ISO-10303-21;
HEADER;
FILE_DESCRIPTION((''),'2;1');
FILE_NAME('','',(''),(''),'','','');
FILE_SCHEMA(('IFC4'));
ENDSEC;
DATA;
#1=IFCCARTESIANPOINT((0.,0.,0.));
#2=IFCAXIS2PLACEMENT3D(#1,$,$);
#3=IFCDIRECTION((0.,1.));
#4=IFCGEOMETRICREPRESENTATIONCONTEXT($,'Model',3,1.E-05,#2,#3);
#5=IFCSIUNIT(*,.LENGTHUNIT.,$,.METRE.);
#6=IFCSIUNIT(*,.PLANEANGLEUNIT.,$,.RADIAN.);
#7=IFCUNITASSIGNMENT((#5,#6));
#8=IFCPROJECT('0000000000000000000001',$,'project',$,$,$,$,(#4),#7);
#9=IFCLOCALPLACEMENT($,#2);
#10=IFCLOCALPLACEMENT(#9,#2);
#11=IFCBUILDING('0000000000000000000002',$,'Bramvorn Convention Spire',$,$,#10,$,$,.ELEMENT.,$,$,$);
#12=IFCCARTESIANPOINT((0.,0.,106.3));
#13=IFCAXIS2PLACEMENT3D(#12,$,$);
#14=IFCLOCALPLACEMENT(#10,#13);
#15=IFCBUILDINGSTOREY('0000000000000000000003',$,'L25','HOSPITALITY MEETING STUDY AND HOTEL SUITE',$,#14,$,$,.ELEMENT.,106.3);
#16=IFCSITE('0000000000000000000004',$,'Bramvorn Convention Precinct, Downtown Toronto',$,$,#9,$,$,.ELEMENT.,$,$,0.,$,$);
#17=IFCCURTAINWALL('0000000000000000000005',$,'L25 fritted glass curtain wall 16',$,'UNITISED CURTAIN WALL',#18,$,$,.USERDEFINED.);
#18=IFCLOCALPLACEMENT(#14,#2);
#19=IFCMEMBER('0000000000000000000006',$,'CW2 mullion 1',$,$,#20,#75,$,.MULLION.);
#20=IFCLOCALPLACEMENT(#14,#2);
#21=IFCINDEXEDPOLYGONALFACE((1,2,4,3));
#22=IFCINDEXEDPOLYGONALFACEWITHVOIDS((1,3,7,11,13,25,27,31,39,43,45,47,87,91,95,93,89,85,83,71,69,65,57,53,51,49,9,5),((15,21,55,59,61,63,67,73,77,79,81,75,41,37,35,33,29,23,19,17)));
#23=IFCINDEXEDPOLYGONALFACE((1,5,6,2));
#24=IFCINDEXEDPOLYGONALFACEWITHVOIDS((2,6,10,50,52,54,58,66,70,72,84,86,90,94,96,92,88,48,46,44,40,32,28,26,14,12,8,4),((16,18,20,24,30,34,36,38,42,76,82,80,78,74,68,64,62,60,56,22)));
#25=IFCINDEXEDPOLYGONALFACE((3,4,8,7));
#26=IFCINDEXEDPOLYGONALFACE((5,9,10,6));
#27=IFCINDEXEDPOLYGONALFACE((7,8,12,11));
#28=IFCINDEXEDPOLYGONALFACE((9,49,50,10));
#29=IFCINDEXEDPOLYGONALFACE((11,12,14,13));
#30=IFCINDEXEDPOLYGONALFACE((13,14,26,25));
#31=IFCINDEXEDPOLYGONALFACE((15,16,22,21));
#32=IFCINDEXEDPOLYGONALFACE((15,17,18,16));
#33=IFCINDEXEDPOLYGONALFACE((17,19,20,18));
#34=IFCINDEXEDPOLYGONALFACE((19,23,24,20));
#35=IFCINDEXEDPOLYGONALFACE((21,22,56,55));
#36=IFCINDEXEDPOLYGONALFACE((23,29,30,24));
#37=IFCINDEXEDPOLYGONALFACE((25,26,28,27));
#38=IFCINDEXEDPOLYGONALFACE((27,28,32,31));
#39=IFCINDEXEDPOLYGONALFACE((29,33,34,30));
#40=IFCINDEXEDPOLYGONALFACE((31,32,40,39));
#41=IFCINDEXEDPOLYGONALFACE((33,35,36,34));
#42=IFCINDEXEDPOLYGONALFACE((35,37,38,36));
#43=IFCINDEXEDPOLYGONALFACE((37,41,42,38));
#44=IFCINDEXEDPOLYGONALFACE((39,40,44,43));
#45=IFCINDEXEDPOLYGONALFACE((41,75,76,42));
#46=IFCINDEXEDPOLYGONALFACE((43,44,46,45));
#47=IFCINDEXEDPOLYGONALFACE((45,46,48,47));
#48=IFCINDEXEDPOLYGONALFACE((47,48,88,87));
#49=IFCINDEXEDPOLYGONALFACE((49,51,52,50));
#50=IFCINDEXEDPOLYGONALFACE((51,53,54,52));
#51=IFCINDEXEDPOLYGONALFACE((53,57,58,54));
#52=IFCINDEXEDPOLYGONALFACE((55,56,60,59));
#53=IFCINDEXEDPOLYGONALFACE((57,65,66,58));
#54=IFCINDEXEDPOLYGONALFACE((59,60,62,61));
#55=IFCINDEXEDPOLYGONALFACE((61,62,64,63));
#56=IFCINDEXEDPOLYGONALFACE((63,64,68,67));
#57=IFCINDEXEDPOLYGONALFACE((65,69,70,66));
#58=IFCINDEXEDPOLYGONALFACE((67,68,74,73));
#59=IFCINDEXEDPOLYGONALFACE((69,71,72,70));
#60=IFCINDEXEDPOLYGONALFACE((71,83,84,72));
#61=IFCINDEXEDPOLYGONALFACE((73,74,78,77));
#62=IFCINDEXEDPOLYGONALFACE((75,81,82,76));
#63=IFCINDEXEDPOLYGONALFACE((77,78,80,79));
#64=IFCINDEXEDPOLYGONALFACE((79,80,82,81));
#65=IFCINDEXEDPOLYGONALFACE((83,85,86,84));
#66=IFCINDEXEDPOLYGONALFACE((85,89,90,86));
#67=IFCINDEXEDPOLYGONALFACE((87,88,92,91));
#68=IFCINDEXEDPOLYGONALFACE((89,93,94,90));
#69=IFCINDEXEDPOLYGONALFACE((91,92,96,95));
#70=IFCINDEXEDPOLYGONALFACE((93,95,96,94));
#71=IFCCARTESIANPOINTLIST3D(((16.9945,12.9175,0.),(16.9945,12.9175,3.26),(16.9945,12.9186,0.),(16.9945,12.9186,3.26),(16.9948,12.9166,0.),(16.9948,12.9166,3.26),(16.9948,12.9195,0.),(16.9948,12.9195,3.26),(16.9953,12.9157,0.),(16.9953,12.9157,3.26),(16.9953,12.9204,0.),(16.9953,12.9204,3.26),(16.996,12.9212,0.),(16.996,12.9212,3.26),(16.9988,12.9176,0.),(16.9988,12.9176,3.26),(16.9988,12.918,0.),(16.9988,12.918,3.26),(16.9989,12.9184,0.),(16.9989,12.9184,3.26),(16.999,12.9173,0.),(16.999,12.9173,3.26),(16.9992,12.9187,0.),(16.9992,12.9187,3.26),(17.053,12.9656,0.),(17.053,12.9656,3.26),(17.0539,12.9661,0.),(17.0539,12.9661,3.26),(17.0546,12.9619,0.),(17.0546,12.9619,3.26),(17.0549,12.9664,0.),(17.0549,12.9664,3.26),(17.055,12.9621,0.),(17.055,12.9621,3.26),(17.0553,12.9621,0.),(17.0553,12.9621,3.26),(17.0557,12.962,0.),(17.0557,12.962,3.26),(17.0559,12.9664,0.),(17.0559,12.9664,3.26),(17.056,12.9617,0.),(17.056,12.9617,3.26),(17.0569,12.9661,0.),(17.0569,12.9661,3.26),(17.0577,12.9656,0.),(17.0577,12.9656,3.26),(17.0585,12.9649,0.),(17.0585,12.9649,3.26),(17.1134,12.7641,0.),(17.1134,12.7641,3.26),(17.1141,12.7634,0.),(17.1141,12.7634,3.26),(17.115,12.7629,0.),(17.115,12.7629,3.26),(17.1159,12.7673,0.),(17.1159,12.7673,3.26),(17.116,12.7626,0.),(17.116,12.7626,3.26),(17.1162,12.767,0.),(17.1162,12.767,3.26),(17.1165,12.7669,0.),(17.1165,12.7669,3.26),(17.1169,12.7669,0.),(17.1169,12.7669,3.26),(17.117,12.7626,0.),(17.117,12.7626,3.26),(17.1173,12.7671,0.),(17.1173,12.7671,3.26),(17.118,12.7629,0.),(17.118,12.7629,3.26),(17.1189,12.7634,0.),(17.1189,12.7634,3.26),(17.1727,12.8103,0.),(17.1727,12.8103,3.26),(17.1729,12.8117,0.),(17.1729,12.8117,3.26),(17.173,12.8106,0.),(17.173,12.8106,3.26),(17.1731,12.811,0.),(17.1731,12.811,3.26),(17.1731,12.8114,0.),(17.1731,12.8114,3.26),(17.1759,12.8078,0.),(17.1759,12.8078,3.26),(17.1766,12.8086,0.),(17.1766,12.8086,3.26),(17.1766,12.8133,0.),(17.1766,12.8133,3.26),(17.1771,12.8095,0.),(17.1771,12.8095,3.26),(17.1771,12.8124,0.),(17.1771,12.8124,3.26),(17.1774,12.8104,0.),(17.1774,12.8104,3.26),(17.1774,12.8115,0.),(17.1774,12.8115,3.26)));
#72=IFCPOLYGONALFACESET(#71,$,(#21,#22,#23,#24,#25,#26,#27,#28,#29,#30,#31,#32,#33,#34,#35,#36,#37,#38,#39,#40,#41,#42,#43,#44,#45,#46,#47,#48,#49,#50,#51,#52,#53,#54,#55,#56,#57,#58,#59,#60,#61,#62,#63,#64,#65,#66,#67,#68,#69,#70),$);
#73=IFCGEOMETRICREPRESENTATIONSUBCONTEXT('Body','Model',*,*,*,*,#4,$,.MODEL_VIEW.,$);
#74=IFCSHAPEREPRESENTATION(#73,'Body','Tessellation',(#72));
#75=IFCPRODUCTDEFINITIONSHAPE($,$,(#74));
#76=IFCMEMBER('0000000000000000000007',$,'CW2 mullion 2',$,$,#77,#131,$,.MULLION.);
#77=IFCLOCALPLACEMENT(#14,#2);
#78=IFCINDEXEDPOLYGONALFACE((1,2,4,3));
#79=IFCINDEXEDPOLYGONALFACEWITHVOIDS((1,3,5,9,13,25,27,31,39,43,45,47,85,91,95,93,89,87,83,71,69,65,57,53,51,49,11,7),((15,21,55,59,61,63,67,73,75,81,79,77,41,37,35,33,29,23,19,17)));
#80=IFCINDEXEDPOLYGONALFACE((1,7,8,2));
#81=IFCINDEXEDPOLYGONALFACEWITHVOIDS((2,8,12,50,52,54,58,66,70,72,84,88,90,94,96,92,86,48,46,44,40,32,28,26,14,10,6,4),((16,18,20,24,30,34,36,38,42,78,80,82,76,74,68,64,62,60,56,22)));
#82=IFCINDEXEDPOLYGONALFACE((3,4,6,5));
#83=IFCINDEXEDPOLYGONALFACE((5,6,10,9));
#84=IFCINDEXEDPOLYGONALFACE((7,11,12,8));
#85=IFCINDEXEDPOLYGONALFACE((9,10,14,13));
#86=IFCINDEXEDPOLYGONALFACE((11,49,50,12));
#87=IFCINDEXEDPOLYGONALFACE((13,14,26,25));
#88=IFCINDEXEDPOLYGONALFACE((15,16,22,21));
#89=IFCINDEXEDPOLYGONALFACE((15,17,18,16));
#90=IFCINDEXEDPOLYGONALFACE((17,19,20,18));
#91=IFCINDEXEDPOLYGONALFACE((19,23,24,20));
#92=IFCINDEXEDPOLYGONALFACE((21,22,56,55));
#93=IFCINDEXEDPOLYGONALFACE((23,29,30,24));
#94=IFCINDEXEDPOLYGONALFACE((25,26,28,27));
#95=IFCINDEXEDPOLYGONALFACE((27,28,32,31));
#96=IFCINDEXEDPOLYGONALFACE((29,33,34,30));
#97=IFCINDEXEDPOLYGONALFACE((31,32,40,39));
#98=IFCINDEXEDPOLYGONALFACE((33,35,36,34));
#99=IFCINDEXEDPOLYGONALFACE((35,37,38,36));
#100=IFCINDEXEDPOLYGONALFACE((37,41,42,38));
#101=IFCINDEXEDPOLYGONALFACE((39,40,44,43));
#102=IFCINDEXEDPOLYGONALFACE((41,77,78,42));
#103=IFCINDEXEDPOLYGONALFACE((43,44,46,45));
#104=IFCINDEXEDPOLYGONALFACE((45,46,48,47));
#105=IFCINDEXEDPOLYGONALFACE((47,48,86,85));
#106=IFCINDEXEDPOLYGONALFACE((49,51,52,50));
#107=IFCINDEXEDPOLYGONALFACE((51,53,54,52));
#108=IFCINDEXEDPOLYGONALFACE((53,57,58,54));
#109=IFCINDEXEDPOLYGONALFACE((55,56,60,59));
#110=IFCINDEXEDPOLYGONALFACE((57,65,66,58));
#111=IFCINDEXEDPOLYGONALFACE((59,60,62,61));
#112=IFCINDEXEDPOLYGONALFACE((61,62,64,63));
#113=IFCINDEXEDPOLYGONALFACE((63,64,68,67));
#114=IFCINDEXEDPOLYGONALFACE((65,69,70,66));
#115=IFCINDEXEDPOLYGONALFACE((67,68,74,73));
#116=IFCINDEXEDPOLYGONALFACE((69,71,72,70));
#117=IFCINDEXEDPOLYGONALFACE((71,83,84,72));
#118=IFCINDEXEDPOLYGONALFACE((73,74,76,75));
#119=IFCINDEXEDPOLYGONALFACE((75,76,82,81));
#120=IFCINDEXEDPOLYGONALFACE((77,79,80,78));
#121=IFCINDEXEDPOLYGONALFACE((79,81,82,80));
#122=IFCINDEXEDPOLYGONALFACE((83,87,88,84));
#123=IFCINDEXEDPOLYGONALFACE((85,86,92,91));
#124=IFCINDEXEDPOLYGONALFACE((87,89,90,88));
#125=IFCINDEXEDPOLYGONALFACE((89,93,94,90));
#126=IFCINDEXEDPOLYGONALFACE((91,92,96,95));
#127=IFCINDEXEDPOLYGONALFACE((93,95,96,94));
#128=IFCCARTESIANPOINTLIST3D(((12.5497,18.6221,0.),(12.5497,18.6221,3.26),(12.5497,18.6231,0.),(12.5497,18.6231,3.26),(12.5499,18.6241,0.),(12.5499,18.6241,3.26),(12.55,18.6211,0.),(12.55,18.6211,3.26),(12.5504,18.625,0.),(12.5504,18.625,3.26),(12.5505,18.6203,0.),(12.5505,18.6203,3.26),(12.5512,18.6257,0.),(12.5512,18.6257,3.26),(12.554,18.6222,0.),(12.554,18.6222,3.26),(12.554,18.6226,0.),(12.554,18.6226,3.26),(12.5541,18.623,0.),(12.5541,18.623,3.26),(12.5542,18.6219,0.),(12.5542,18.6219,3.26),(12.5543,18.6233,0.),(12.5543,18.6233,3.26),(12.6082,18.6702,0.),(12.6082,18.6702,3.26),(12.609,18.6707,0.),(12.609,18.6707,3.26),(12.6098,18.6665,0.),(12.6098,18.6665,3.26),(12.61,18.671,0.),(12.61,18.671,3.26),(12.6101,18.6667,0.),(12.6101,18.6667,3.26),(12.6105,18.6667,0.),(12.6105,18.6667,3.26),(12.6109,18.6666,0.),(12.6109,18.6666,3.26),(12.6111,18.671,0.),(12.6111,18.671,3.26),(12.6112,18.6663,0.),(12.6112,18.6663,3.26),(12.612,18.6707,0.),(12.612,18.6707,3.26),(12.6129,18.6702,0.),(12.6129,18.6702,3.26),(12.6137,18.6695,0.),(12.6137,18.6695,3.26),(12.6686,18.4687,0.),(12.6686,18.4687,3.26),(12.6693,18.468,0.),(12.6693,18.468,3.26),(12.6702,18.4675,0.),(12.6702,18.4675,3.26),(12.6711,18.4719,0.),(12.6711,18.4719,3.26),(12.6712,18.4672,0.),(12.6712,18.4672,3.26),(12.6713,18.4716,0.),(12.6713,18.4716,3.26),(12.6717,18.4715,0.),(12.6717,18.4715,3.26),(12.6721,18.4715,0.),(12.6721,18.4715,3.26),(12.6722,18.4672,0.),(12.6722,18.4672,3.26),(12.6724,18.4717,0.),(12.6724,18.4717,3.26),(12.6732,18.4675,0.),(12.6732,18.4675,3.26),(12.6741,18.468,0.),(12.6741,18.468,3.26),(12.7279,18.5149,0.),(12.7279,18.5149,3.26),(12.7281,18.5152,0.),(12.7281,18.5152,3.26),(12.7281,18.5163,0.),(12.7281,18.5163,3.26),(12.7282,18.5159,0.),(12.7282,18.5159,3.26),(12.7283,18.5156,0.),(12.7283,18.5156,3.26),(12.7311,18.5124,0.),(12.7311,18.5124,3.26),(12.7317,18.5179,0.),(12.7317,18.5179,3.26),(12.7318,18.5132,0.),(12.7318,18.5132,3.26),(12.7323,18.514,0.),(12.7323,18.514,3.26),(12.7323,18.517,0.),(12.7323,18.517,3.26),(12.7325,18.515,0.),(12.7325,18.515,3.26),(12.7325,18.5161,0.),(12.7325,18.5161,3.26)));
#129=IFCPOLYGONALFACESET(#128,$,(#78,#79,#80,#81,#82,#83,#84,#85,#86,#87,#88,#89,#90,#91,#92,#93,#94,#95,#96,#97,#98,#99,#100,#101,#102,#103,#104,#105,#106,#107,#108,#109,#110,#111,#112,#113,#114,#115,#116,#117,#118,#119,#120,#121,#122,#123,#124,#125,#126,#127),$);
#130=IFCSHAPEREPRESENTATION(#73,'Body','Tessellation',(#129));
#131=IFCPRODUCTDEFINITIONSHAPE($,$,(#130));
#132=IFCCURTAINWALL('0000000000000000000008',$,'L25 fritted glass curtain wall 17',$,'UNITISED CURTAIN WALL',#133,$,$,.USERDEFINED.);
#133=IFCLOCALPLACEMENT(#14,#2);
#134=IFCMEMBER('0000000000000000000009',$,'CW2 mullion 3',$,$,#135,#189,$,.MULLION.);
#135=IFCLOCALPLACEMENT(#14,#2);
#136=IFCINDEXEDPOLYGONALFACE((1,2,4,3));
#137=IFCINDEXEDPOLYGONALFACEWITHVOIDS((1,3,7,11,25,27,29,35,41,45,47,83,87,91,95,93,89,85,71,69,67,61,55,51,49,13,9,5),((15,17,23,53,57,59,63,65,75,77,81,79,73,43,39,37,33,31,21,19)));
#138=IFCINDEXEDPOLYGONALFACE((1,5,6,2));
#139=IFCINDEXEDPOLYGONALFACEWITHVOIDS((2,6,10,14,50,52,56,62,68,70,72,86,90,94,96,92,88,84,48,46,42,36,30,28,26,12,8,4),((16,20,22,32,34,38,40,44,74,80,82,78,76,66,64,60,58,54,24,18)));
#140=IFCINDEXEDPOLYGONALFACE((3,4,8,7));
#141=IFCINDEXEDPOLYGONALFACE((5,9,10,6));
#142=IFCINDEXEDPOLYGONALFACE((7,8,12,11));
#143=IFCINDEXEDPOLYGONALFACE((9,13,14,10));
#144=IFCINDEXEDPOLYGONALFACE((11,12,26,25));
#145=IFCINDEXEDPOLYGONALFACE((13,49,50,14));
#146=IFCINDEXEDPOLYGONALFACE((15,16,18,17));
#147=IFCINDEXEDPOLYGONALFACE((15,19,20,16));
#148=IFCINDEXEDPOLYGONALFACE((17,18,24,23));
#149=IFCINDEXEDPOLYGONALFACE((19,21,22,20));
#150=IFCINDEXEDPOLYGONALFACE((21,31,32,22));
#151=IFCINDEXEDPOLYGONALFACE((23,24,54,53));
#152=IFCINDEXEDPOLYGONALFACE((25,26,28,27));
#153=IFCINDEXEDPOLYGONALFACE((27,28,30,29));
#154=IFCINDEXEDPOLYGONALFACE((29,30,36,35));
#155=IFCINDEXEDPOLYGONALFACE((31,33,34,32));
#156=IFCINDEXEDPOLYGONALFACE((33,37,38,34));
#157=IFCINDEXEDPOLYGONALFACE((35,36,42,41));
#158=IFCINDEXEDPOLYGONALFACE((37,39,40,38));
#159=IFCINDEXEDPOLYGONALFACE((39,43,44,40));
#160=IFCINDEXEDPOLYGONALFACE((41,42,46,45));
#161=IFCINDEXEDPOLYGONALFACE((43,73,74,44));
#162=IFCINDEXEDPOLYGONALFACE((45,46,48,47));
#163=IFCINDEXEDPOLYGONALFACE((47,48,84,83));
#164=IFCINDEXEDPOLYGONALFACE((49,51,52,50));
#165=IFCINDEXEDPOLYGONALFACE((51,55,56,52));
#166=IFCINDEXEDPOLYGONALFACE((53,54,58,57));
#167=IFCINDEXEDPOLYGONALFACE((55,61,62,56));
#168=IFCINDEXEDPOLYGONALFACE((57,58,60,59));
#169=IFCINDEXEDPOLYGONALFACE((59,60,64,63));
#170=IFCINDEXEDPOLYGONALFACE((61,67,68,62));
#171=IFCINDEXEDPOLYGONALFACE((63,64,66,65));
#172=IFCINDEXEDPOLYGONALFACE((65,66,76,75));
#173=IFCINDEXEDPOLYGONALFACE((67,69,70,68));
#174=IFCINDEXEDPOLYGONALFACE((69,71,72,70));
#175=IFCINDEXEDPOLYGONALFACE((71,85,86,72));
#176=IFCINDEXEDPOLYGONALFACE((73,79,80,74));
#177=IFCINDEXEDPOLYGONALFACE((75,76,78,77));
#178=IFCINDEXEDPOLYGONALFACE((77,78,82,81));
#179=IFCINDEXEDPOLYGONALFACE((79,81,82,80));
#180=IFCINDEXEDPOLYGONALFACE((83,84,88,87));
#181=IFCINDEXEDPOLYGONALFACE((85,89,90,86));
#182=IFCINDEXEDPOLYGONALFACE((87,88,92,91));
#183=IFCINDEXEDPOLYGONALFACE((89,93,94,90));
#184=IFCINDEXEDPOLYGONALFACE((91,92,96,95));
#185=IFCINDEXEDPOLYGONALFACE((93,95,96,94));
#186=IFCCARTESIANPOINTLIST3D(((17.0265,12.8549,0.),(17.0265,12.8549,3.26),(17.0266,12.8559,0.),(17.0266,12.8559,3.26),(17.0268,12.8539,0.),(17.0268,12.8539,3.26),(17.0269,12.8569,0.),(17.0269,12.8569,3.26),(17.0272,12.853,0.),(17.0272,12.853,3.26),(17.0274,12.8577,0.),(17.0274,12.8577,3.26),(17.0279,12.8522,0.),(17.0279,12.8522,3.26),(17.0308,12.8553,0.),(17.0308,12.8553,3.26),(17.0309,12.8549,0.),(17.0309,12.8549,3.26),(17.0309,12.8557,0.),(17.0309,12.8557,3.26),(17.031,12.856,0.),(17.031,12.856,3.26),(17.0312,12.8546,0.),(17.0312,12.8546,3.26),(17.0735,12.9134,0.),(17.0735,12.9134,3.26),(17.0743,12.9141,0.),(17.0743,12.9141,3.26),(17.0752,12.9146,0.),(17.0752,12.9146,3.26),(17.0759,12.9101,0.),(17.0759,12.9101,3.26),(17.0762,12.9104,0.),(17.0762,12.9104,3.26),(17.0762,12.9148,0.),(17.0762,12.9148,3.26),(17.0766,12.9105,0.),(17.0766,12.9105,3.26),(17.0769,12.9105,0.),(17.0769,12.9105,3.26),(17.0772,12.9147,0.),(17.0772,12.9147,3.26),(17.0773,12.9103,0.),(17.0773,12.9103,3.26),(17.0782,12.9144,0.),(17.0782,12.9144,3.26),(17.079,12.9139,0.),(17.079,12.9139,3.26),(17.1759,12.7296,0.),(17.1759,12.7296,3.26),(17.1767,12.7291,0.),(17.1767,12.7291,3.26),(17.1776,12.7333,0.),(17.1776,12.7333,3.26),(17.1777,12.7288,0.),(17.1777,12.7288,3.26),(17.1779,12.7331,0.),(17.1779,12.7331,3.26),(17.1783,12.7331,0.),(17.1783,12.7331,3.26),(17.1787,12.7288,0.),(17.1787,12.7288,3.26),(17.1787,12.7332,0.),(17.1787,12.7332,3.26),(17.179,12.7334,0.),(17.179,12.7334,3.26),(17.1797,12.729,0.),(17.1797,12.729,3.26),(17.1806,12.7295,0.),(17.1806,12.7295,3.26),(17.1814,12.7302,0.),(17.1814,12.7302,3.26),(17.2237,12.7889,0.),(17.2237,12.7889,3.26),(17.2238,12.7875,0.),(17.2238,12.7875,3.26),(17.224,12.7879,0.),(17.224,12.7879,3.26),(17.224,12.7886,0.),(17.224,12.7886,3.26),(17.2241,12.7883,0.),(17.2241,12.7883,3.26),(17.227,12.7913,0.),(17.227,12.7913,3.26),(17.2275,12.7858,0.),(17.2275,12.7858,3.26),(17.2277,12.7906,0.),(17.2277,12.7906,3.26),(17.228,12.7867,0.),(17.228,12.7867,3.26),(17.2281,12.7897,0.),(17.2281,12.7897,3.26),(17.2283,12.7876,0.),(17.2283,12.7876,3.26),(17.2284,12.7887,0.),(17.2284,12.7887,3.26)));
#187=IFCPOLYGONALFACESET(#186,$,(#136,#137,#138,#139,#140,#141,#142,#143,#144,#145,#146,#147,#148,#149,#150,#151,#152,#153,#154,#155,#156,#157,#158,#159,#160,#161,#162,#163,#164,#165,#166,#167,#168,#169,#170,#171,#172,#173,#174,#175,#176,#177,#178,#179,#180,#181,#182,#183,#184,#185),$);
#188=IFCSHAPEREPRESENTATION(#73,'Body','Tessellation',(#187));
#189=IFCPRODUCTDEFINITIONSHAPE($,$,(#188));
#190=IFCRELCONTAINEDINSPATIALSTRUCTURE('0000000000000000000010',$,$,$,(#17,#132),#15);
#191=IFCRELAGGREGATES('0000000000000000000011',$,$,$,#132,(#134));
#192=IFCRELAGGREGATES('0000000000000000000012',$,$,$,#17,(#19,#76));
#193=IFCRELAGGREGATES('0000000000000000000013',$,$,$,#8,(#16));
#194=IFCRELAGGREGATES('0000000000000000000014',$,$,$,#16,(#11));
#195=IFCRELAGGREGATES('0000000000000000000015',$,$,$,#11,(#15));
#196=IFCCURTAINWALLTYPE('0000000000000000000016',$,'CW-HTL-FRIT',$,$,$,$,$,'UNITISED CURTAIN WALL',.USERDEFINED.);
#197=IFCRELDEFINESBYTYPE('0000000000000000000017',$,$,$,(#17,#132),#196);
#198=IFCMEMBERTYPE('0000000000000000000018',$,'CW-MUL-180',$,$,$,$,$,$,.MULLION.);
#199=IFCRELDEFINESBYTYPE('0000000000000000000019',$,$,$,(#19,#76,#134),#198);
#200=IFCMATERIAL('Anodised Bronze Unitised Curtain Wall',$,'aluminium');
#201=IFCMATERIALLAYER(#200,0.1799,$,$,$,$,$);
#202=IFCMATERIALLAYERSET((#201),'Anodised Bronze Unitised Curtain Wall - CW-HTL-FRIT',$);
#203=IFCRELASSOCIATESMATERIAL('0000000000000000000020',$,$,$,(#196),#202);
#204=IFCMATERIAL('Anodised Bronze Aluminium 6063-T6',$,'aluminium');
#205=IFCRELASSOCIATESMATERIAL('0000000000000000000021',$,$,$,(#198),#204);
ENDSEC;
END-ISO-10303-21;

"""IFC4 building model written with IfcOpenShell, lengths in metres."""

from ifc_helpers import new_model, si_unit, direction, frame, origin, origin_2d, place, context, subcontext, project, spatial, hollow_rectangle, extrude, material, layer, layer_set, material_profile, profile_set, type_object, element, aggregate, save


model = new_model("IFC4")

# Units and contexts
model_context = context("Model", 3, precision=1e-05, world=origin(), true_north=direction((0.0, 1.0)))
body_context = subcontext(model_context, "Body", "Model", "MODEL_VIEW")
ifc_project = project(units=[si_unit("LENGTHUNIT", "METRE"), si_unit("PLANEANGLEUNIT", "RADIAN")], contexts=[model_context])

# Site, building, storey
site_placement = place(None, origin())
site = spatial("IfcSite", under=ifc_project, at=site_placement, Name="Bramvorn Convention Precinct, Downtown Toronto", CompositionType="ELEMENT", RefElevation=0.0)
building_placement = place(site_placement, origin())
building = spatial("IfcBuilding", under=site, at=building_placement, Name="Bramvorn Convention Spire", CompositionType="ELEMENT")
storey_placement = place(building_placement, frame((0.0, 0.0, 106.3)))
storey = spatial("IfcBuildingStorey", under=building, at=storey_placement, Name="L25", Description="HOSPITALITY MEETING STUDY AND HOTEL SUITE", CompositionType="ELEMENT", Elevation=106.3)

# Curtain wall, members
ifc_material_1 = material(Name="Anodised Bronze Unitised Curtain Wall", Category="aluminium")
ifc_layer_1 = layer(ifc_material_1, 0.1799)
ifc_layer_set_1 = layer_set([ifc_layer_1], Name="Anodised Bronze Unitised Curtain Wall - CW-HTL-FRIT")
curtain_wall_type = type_object("IfcCurtainWallType", Name="CW-HTL-FRIT", ElementType="UNITISED CURTAIN WALL", PredefinedType="USERDEFINED", material=ifc_layer_set_1)
curtain_wall_1_placement = place(storey_placement, origin())
curtain_wall_1 = element("IfcCurtainWall", 1, at=curtain_wall_1_placement, inside=storey, type_object=curtain_wall_type, Name="L25 fritted glass curtain wall 16", ObjectType="UNITISED CURTAIN WALL", PredefinedType="USERDEFINED")
ifc_material_2 = material(Name="Anodised Bronze Aluminium 6063-T6", Category="aluminium")
ifc_material_profile_1 = material_profile(ifc_material_2, hollow_rectangle(XDim=0.0801, YDim=0.2, WallThickness=0.0039, InnerFilletRadius=0.001, OuterFilletRadius=0.0039, at=origin_2d()))
ifc_profile_set_1 = profile_set([ifc_material_profile_1], Name="Anodised Bronze Aluminium 6063-T6 - CWM80X200")
member_type_1 = type_object("IfcMemberType", Name="CW-MUL-180", PredefinedType="MULLION", material=ifc_profile_set_1)
member_1_placement = place(storey_placement, frame((17.0859, 12.8645, 0.0), z_axis=(0.0, 0.0, 1.0), x_axis=(-0.788825, -0.614617, 0.0)))
member_1 = element("IfcMember", 2, at=member_1_placement, type_object=member_type_1, Name="CW2 mullion 1", PredefinedType="MULLION", context=body_context, shape_type="SweptSolid", body=[
    extrude(hollow_rectangle(XDim=0.0801, YDim=0.2, WallThickness=0.0039, InnerFilletRadius=0.001, OuterFilletRadius=0.0039, at=origin_2d()), origin(), (0.0, 0.0, 1.0), 3.26),
])
member_2_placement = place(storey_placement, frame((12.6411, 18.5691, 0.0), z_axis=(0.0, 0.0, 1.0), x_axis=(-0.788825, -0.614617, 0.0)))
member_2 = element("IfcMember", 3, at=member_2_placement, type_object=member_type_1, Name="CW2 mullion 2", PredefinedType="MULLION", context=body_context, shape_type="SweptSolid", body=[
    extrude(hollow_rectangle(XDim=0.0801, YDim=0.2, WallThickness=0.0039, InnerFilletRadius=0.001, OuterFilletRadius=0.0039, at=origin_2d()), origin(), (0.0, 0.0, 1.0), 3.26),
])

# Curtain wall, member
curtain_wall_2_placement = place(storey_placement, origin())
curtain_wall_2 = element("IfcCurtainWall", 4, at=curtain_wall_2_placement, inside=storey, type_object=curtain_wall_type, Name="L25 fritted glass curtain wall 17", ObjectType="UNITISED CURTAIN WALL", PredefinedType="USERDEFINED")
member_3_placement = place(storey_placement, frame((17.1274, 12.8218, 0.0), z_axis=(0.0, 0.0, 1.0), x_axis=(-0.638087, -0.769964, 0.0)))
member_3 = element("IfcMember", 5, at=member_3_placement, type_object=member_type_1, Name="CW2 mullion 3", PredefinedType="MULLION", context=body_context, shape_type="SweptSolid", body=[
    extrude(hollow_rectangle(XDim=0.0801, YDim=0.2, WallThickness=0.0039, InnerFilletRadius=0.001, OuterFilletRadius=0.0039, at=origin_2d()), origin(), (0.0, 0.0, 1.0), 3.26),
])
aggregate(curtain_wall_2, [member_3])

aggregate(curtain_wall_1, [member_1, member_2])

save(model, "model.ifc")
